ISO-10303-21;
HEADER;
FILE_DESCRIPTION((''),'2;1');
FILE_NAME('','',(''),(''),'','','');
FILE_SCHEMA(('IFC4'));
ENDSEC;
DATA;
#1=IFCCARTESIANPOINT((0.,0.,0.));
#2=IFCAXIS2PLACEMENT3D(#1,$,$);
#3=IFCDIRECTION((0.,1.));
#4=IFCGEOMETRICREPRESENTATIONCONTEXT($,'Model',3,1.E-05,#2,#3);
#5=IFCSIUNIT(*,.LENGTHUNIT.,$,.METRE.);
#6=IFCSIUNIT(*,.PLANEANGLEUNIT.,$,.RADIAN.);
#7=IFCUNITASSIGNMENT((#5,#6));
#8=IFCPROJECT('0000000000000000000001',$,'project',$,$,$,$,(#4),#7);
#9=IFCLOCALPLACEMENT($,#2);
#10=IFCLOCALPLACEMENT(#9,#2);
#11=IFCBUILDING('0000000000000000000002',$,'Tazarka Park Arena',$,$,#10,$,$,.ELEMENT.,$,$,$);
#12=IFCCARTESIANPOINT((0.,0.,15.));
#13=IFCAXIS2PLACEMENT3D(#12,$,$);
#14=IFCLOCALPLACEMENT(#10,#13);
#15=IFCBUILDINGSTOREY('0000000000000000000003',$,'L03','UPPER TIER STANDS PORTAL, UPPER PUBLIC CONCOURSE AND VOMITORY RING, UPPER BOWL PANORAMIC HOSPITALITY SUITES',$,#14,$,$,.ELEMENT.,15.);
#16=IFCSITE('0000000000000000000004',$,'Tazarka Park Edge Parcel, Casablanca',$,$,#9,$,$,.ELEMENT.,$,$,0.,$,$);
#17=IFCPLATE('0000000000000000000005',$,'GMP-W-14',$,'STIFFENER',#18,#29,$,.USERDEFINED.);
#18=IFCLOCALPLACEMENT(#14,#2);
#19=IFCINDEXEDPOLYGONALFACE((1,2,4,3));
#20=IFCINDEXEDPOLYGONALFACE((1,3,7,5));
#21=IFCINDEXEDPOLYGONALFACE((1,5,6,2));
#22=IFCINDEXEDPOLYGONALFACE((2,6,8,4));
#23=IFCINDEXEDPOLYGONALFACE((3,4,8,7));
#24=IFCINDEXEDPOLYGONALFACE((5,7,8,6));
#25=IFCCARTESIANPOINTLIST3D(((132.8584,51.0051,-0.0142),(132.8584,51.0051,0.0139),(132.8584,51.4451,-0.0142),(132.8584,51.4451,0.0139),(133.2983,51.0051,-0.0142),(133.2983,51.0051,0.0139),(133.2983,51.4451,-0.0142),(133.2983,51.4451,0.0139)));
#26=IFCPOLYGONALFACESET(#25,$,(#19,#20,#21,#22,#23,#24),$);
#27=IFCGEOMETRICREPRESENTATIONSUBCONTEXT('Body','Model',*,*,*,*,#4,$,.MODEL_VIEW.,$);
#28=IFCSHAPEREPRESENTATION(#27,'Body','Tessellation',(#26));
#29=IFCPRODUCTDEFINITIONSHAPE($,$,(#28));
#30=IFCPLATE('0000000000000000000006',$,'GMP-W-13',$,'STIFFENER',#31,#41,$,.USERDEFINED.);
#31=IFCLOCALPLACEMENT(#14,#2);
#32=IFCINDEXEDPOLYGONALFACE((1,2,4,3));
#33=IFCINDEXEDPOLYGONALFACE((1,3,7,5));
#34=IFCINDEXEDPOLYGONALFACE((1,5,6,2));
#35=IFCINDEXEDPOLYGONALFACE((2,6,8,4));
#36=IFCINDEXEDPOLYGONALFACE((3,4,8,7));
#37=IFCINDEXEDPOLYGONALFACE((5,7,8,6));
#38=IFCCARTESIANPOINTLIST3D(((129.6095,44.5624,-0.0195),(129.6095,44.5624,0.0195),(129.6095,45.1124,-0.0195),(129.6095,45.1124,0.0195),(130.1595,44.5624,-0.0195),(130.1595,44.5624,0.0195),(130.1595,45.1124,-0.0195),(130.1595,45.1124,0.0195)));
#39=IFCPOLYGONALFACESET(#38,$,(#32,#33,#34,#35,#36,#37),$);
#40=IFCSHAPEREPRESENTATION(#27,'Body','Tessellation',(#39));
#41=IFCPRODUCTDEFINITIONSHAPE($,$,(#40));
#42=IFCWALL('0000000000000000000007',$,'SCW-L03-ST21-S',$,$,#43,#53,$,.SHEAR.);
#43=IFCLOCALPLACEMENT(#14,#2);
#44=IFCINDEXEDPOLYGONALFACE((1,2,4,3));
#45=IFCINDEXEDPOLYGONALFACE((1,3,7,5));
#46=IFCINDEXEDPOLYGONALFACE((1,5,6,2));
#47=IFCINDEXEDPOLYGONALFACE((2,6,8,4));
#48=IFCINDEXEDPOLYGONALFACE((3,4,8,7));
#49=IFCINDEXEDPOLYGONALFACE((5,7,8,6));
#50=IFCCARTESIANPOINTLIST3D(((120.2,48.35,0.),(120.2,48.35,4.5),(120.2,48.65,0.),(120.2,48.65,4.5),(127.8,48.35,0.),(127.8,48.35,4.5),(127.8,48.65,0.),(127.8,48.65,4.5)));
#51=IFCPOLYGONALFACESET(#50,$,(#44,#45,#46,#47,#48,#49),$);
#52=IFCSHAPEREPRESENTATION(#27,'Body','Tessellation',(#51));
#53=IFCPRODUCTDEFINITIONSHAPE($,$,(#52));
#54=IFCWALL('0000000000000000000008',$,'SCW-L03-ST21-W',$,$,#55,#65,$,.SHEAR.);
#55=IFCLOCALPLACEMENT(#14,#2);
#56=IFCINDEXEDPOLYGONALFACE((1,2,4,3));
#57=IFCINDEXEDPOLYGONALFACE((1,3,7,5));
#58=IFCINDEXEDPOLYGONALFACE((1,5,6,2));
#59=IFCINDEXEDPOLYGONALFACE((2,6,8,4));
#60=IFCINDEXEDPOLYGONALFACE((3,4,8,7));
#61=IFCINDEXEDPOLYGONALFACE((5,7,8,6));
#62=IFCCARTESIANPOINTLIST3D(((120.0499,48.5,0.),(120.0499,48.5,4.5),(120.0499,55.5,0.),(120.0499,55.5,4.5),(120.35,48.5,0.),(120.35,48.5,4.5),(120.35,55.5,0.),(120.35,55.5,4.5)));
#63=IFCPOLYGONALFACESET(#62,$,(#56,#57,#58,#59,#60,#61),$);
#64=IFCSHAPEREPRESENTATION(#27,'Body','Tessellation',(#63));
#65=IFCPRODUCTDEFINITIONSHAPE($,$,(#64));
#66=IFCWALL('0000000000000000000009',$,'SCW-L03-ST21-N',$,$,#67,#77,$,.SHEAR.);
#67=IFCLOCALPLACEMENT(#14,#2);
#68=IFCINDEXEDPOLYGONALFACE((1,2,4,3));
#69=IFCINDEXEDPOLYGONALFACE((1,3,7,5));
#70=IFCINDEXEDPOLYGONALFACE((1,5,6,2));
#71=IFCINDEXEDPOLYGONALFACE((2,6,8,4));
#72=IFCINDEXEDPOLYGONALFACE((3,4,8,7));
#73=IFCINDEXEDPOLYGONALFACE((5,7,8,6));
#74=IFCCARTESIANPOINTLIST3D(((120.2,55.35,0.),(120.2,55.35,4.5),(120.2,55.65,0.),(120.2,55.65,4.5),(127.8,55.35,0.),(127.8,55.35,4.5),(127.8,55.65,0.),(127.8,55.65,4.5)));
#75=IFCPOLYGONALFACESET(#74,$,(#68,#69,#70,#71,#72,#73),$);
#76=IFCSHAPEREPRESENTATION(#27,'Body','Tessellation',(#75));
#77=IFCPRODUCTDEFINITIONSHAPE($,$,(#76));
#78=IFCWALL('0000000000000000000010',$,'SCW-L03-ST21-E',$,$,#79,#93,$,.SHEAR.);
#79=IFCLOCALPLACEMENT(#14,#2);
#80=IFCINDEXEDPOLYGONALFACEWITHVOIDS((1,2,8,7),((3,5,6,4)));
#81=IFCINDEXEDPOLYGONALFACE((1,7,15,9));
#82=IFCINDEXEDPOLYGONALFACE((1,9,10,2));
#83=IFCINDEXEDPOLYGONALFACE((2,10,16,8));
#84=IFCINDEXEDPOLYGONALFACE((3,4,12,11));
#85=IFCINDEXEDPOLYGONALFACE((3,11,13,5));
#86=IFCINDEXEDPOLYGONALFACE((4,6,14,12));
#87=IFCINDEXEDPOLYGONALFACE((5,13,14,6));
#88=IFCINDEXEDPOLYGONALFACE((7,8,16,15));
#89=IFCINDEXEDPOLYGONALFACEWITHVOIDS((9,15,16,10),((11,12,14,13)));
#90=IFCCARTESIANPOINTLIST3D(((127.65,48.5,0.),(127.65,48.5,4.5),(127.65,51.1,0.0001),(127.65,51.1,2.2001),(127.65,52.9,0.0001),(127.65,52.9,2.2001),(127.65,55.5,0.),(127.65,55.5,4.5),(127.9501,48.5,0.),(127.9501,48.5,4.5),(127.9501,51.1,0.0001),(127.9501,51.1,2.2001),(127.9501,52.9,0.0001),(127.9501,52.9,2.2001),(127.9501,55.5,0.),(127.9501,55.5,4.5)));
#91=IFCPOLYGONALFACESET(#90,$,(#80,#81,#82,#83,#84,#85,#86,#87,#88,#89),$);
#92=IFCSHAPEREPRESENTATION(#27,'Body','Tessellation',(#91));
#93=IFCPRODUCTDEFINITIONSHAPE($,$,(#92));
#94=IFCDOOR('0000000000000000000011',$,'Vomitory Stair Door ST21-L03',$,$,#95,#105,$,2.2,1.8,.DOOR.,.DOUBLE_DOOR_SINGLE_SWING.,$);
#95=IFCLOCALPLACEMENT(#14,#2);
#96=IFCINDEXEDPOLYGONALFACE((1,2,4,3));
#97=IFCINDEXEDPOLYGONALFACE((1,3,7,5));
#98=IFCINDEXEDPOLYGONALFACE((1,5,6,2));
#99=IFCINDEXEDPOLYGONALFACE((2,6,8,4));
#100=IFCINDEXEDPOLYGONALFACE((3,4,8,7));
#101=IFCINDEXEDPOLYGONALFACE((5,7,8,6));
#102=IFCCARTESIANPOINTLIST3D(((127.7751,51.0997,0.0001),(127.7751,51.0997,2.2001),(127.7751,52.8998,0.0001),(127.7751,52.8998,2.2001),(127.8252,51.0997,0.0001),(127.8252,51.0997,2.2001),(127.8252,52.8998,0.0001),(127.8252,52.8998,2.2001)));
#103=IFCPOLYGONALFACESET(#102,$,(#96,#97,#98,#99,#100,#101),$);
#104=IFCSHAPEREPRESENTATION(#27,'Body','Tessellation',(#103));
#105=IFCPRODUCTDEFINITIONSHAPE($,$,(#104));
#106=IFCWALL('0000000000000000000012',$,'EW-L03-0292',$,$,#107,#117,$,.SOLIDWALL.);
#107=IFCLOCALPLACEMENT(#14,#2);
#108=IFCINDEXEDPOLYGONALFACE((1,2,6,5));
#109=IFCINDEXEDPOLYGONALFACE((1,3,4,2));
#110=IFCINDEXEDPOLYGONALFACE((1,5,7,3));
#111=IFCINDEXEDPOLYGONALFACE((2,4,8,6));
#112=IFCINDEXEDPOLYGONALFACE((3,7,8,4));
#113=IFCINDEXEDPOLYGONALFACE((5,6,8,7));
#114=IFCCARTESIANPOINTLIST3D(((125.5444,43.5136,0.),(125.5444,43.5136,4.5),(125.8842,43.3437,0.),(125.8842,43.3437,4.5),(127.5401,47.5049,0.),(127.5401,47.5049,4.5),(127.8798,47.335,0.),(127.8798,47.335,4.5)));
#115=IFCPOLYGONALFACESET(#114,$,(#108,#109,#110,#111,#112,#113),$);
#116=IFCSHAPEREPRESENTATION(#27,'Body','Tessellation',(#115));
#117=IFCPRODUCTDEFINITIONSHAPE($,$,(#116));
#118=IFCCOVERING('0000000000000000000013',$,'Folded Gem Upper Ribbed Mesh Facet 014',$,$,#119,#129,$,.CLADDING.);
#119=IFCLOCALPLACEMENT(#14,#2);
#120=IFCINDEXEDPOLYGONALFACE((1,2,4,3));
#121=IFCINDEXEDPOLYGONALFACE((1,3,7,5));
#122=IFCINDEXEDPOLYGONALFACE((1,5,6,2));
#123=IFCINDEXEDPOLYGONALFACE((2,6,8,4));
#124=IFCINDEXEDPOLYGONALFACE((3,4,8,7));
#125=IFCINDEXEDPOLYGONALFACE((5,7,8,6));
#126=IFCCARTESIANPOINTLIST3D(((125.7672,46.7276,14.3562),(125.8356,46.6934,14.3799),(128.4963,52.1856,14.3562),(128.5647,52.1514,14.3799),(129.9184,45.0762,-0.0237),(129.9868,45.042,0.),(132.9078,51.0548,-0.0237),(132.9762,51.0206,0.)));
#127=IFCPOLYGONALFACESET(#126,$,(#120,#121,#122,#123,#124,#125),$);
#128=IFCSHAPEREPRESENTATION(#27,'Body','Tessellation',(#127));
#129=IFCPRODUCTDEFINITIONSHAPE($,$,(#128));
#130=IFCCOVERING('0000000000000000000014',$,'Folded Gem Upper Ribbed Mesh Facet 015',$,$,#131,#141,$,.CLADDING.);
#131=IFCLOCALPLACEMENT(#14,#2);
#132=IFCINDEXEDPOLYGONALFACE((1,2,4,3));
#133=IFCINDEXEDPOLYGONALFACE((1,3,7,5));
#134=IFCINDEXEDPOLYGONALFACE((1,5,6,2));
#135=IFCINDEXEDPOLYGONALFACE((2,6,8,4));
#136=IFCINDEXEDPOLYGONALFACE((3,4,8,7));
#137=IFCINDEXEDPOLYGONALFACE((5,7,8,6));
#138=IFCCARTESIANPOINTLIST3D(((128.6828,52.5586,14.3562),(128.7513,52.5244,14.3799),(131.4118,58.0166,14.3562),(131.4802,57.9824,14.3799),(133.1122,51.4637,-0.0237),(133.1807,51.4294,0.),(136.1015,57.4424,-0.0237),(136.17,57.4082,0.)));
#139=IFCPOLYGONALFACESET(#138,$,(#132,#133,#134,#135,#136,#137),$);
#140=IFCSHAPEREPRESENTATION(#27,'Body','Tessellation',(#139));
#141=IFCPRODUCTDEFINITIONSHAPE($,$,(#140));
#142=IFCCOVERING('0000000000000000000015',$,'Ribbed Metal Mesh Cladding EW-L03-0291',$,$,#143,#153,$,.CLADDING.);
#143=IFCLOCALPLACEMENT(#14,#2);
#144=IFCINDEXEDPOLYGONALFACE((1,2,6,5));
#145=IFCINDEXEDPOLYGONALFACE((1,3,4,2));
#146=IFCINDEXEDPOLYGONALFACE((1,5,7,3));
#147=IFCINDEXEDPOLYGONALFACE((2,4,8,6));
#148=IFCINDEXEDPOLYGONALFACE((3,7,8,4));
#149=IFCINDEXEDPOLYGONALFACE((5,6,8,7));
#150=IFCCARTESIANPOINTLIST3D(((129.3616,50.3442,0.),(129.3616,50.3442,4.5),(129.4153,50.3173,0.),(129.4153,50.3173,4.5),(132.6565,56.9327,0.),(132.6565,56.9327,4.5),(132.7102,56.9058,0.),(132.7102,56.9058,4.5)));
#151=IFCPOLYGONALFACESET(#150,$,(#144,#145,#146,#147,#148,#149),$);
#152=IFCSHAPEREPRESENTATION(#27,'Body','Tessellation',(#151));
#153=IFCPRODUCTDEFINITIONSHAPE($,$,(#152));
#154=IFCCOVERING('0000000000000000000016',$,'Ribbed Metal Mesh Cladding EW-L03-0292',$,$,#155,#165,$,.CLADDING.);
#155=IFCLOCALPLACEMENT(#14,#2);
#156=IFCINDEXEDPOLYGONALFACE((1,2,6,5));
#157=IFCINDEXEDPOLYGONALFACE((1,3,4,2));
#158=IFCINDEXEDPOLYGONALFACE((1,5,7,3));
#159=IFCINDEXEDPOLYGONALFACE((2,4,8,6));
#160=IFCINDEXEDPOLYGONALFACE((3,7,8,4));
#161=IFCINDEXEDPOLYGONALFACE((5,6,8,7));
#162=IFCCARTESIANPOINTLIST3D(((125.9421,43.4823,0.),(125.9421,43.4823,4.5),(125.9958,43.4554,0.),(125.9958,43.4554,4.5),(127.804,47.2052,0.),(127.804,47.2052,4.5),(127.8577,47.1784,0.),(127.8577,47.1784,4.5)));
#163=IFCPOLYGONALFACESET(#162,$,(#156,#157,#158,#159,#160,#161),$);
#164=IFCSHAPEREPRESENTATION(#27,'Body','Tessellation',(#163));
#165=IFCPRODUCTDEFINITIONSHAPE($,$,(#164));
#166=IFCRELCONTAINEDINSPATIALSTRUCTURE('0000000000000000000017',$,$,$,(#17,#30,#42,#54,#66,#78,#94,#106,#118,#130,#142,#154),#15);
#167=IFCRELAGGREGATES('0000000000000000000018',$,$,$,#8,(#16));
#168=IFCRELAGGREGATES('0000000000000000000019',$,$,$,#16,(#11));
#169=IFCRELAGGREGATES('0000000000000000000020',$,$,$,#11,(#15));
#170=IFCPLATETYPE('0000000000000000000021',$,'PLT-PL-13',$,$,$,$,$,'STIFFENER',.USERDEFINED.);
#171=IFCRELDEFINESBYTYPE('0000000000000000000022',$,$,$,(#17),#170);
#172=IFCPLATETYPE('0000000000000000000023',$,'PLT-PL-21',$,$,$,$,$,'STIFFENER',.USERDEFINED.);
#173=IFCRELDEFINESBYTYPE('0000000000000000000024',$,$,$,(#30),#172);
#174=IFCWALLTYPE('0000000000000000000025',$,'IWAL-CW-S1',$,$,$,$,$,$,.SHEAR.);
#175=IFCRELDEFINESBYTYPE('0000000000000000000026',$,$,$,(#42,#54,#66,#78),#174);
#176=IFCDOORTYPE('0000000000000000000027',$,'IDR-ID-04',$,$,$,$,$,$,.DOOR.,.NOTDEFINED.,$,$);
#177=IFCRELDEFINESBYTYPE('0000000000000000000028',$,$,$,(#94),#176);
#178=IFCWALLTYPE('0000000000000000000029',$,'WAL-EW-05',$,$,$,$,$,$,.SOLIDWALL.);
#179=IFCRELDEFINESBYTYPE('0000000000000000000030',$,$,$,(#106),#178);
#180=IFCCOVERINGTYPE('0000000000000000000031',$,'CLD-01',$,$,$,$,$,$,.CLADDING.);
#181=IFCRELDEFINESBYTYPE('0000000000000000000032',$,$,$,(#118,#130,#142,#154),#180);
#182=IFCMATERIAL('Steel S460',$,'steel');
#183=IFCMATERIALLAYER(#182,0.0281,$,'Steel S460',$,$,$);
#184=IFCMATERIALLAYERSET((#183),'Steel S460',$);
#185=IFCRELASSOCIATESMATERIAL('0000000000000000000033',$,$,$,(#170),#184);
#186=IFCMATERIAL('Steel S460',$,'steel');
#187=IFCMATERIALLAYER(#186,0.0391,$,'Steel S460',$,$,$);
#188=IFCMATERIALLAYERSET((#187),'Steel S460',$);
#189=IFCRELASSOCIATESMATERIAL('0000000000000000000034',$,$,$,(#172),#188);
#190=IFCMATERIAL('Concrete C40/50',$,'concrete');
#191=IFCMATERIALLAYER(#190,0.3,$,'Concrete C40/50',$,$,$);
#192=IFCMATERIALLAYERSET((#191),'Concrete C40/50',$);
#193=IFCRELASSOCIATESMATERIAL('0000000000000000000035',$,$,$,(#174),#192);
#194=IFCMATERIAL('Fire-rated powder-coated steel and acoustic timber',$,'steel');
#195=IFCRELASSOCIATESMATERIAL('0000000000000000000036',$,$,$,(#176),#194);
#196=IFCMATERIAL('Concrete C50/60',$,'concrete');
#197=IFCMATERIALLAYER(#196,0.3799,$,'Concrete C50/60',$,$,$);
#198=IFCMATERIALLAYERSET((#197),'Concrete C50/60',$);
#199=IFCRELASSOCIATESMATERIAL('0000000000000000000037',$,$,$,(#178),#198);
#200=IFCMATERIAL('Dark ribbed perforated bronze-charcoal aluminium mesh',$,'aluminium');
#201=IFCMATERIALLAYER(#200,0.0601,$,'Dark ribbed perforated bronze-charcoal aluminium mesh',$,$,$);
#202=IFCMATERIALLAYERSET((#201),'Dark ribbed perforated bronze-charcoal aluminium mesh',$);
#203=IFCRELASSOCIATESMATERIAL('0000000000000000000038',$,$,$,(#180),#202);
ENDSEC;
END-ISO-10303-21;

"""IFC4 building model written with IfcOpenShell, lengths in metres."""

from ifc_helpers import new_model, si_unit, direction, frame, frame_2d, origin, origin_2d, place, context, subcontext, project, spatial, polyline, rectangle, outline, extrude, material, layer, layer_set, type_object, element, fill, save


model = new_model("IFC4")

# Units and contexts
model_context = context("Model", 3, precision=1e-05, world=origin(), true_north=direction((0.0, 1.0)))
body_context = subcontext(model_context, "Body", "Model", "MODEL_VIEW")
ifc_project = project(units=[si_unit("LENGTHUNIT", "METRE"), si_unit("PLANEANGLEUNIT", "RADIAN")], contexts=[model_context])

# Site, building, storey
site_placement = place(None, origin())
site = spatial("IfcSite", under=ifc_project, at=site_placement, Name="Tazarka Park Edge Parcel, Casablanca", CompositionType="ELEMENT", RefElevation=0.0)
building_placement = place(site_placement, origin())
building = spatial("IfcBuilding", under=site, at=building_placement, Name="Tazarka Park Arena", CompositionType="ELEMENT")
storey_placement = place(building_placement, frame((0.0, 0.0, 15.0)))
storey = spatial("IfcBuildingStorey", under=building, at=storey_placement, Name="L03", Description="UPPER TIER STANDS PORTAL, UPPER PUBLIC CONCOURSE AND VOMITORY RING, UPPER BOWL PANORAMIC HOSPITALITY SUITES", CompositionType="ELEMENT", Elevation=15.0)

# Plates
ifc_material_1 = material(Name="Steel S460", Category="steel")
ifc_layer_1 = layer(ifc_material_1, 0.0281, Name="Steel S460")
ifc_layer_set_1 = layer_set([ifc_layer_1], Name="Steel S460")
plate_type_1 = type_object("IfcPlateType", Name="PLT-PL-13", ElementType="STIFFENER", PredefinedType="USERDEFINED", material=ifc_layer_set_1)
plate_1_placement = place(storey_placement, frame((133.0784, 51.2251, -0.0142), z_axis=(0.0, 0.0, 1.0), x_axis=(1.0, 0.0, 0.0)))
element("IfcPlate", 1, at=plate_1_placement, inside=storey, type_object=plate_type_1, Name="GMP-W-14", ObjectType="STIFFENER", PredefinedType="USERDEFINED", context=body_context, shape_type="SweptSolid", body=[
    extrude(rectangle(XDim=0.4399, YDim=0.4399, at=origin_2d()), origin(), (0.0, 0.0, 1.0), 0.0281),
])
ifc_material_2 = material(Name="Steel S460", Category="steel")
ifc_layer_2 = layer(ifc_material_2, 0.0391, Name="Steel S460")
ifc_layer_set_2 = layer_set([ifc_layer_2], Name="Steel S460")
plate_type_2 = type_object("IfcPlateType", Name="PLT-PL-21", ElementType="STIFFENER", PredefinedType="USERDEFINED", material=ifc_layer_set_2)
plate_2_placement = place(storey_placement, frame((129.8845, 44.8374, -0.0195), z_axis=(0.0, 0.0, 1.0), x_axis=(1.0, 0.0, 0.0)))
element("IfcPlate", 2, at=plate_2_placement, inside=storey, type_object=plate_type_2, Name="GMP-W-13", ObjectType="STIFFENER", PredefinedType="USERDEFINED", context=body_context, shape_type="SweptSolid", body=[
    extrude(rectangle(XDim=0.55, YDim=0.55, at=origin_2d()), origin(), (0.0, 0.0, 1.0), 0.0391),
])

# Walls
ifc_material_3 = material(Name="Concrete C40/50", Category="concrete")
ifc_layer_3 = layer(ifc_material_3, 0.3, Name="Concrete C40/50")
ifc_layer_set_3 = layer_set([ifc_layer_3], Name="Concrete C40/50")
wall_type_1 = type_object("IfcWallType", Name="IWAL-CW-S1", PredefinedType="SHEAR", material=ifc_layer_set_3)
wall_1_placement = place(storey_placement, frame((127.8, 48.5, 0.0), z_axis=(0.0, 0.0, 1.0), x_axis=(-1.0, 0.0, 0.0)))
element("IfcWall", 3, at=wall_1_placement, inside=storey, type_object=wall_type_1, Name="SCW-L03-ST21-S", PredefinedType="SHEAR", context=body_context, shape_type="SweptSolid", body=[
    extrude(rectangle(XDim=7.6001, YDim=0.3, at=frame_2d((3.8, 0.0))), origin(), (0.0, 0.0, 1.0), 4.5),
])
wall_2_placement = place(storey_placement, frame((120.2, 48.5, 0.0), z_axis=(0.0, 0.0, 1.0), x_axis=(0.0, 1.0, 0.0)))
element("IfcWall", 4, at=wall_2_placement, inside=storey, type_object=wall_type_1, Name="SCW-L03-ST21-W", PredefinedType="SHEAR", context=body_context, shape_type="SweptSolid", body=[
    extrude(rectangle(XDim=7.0, YDim=0.3, at=frame_2d((3.5, 0.0))), origin(), (0.0, 0.0, 1.0), 4.5),
])
wall_3_placement = place(storey_placement, frame((120.2, 55.5, 0.0), z_axis=(0.0, 0.0, 1.0), x_axis=(1.0, 0.0, 0.0)))
element("IfcWall", 5, at=wall_3_placement, inside=storey, type_object=wall_type_1, Name="SCW-L03-ST21-N", PredefinedType="SHEAR", context=body_context, shape_type="SweptSolid", body=[
    extrude(rectangle(XDim=7.6001, YDim=0.3, at=frame_2d((3.8, 0.0))), origin(), (0.0, 0.0, 1.0), 4.5),
])

# Wall, opening, door
wall_4_placement = place(storey_placement, frame((127.8, 55.5, 0.0), z_axis=(0.0, 0.0, 1.0), x_axis=(0.0, -1.0, 0.0)))
wall_4 = element("IfcWall", 6, at=wall_4_placement, inside=storey, type_object=wall_type_1, Name="SCW-L03-ST21-E", PredefinedType="SHEAR", context=body_context, shape_type="SweptSolid", body=[
    extrude(rectangle(XDim=7.0, YDim=0.3, at=frame_2d((3.5, 0.0))), origin(), (0.0, 0.0, 1.0), 4.5),
])
opening_placement = place(wall_4_placement, frame((2.6001, 0.0, 0.0)))
opening = element("IfcOpeningElement", 7, at=opening_placement, cuts=wall_4, PredefinedType="OPENING", context=body_context, shape_type="SweptSolid", body=[
    extrude(rectangle(XDim=1.8, YDim=2.2, at=frame_2d((0.8999, 1.1001))), frame((0.0, 0.1602, 0.0), z_axis=(0.0, -1.0, 0.0), x_axis=(1.0, 0.0, 0.0)), (0.0, 0.0, 1.0), 0.3201),
])
ifc_material_4 = material(Name="Fire-rated powder-coated steel and acoustic timber", Category="steel")
door_type = type_object("IfcDoorType", Name="IDR-ID-04", OperationType="NOTDEFINED", PredefinedType="DOOR", material=ifc_material_4)
door_placement = place(opening_placement, frame((1.8, 0.0, 0.0), z_axis=(0.0, 0.0, 1.0), x_axis=(-1.0, 0.0, 0.0)))
door = element("IfcDoor", 8, at=door_placement, inside=storey, type_object=door_type, Name="Vomitory Stair Door ST21-L03", OperationType="DOUBLE_DOOR_SINGLE_SWING", OverallHeight=2.2, OverallWidth=1.8, PredefinedType="DOOR", context=body_context, shape_type="SweptSolid", body=[
    extrude(rectangle(XDim=1.8, YDim=2.2, at=frame_2d((0.8999, 1.1001))), frame((0.0, 0.0249, 0.0), z_axis=(0.0, -1.0, 0.0), x_axis=(1.0, 0.0, 0.0)), (0.0, 0.0, 1.0), 0.05),
])
fill(opening, door)

# Wall
ifc_material_5 = material(Name="Concrete C50/60", Category="concrete")
ifc_layer_4 = layer(ifc_material_5, 0.3799, Name="Concrete C50/60")
ifc_layer_set_4 = layer_set([ifc_layer_4], Name="Concrete C50/60")
wall_type_2 = type_object("IfcWallType", Name="WAL-EW-05", PredefinedType="SOLIDWALL", material=ifc_layer_set_4)
wall_5_placement = place(storey_placement, frame((127.71, 47.4199, 0.0), z_axis=(0.0, 0.0, 1.0), x_axis=(-0.447214, -0.894427, 0.0)))
element("IfcWall", 9, at=wall_5_placement, inside=storey, type_object=wall_type_2, Name="EW-L03-0292", PredefinedType="SOLIDWALL", context=body_context, shape_type="SweptSolid", body=[
    extrude(rectangle(XDim=4.4624, YDim=0.3799, at=frame_2d((2.2312, 0.0))), origin(), (0.0, 0.0, 1.0), 4.5),
])

# Coverings
ifc_material_6 = material(Name="Dark ribbed perforated bronze-charcoal aluminium mesh", Category="aluminium")
ifc_layer_5 = layer(ifc_material_6, 0.0601, Name="Dark ribbed perforated bronze-charcoal aluminium mesh")
ifc_layer_set_5 = layer_set([ifc_layer_5], Name="Dark ribbed perforated bronze-charcoal aluminium mesh")
covering_type = type_object("IfcCoveringType", Name="CLD-01", PredefinedType="CLADDING", material=ifc_layer_set_5)
covering_1_placement = place(storey_placement, frame((129.9868, 45.042, 0.0), z_axis=(0.854417, -0.427227, 0.295718), x_axis=(0.44723, 0.894419, -0.000004)))
element("IfcCovering", 10, at=covering_1_placement, inside=storey, type_object=covering_type, Name="Folded Gem Upper Ribbed Mesh Facet 014", PredefinedType="CLADDING", context=body_context, shape_type="SweptSolid", body=[
    extrude(outline(polyline([(0.0, 0.0), (6.6843, 0.0), (5.7227, 15.0532), (-0.3796, 15.0531), (0.0, 0.0)])), origin(), (0.0, 0.0, -1.0), 0.0801),
])
covering_2_placement = place(storey_placement, frame((133.1807, 51.4294, 0.0), z_axis=(0.854428, -0.427205, 0.295717), x_axis=(0.447205, 0.894431, 0.000002)))
element("IfcCovering", 11, at=covering_2_placement, inside=storey, type_object=covering_type, Name="Folded Gem Upper Ribbed Mesh Facet 015", PredefinedType="CLADDING", context=body_context, shape_type="SweptSolid", body=[
    extrude(outline(polyline([(0.0, 0.0), (6.6844, 0.0), (5.1008, 15.0531), (-1.0015, 15.0531), (0.0, 0.0)])), origin(), (0.0, 0.0, -1.0), 0.0801),
])
covering_3_placement = place(storey_placement, frame((131.0359, 53.625, 0.0), z_axis=(0.0, 0.0, 1.0), x_axis=(-0.447291, -0.894389, 0.0)))
element("IfcCovering", 12, at=covering_3_placement, inside=storey, type_object=covering_type, Name="Ribbed Metal Mesh Cladding EW-L03-0291", PredefinedType="CLADDING", context=body_context, shape_type="SweptSolid", body=[
    extrude(rectangle(XDim=7.3665, YDim=0.0601, at=origin_2d()), origin(), (0.0, 0.0, 1.0), 4.5),
])
covering_4_placement = place(storey_placement, frame((126.8999, 45.3303, 0.0), z_axis=(0.0, 0.0, 1.0), x_axis=(-0.447291, -0.894389, 0.0)))
element("IfcCovering", 13, at=covering_4_placement, inside=storey, type_object=covering_type, Name="Ribbed Metal Mesh Cladding EW-L03-0292", PredefinedType="CLADDING", context=body_context, shape_type="SweptSolid", body=[
    extrude(rectangle(XDim=4.1626, YDim=0.0601, at=origin_2d()), origin(), (0.0, 0.0, 1.0), 4.5),
])

save(model, "model.ifc")
